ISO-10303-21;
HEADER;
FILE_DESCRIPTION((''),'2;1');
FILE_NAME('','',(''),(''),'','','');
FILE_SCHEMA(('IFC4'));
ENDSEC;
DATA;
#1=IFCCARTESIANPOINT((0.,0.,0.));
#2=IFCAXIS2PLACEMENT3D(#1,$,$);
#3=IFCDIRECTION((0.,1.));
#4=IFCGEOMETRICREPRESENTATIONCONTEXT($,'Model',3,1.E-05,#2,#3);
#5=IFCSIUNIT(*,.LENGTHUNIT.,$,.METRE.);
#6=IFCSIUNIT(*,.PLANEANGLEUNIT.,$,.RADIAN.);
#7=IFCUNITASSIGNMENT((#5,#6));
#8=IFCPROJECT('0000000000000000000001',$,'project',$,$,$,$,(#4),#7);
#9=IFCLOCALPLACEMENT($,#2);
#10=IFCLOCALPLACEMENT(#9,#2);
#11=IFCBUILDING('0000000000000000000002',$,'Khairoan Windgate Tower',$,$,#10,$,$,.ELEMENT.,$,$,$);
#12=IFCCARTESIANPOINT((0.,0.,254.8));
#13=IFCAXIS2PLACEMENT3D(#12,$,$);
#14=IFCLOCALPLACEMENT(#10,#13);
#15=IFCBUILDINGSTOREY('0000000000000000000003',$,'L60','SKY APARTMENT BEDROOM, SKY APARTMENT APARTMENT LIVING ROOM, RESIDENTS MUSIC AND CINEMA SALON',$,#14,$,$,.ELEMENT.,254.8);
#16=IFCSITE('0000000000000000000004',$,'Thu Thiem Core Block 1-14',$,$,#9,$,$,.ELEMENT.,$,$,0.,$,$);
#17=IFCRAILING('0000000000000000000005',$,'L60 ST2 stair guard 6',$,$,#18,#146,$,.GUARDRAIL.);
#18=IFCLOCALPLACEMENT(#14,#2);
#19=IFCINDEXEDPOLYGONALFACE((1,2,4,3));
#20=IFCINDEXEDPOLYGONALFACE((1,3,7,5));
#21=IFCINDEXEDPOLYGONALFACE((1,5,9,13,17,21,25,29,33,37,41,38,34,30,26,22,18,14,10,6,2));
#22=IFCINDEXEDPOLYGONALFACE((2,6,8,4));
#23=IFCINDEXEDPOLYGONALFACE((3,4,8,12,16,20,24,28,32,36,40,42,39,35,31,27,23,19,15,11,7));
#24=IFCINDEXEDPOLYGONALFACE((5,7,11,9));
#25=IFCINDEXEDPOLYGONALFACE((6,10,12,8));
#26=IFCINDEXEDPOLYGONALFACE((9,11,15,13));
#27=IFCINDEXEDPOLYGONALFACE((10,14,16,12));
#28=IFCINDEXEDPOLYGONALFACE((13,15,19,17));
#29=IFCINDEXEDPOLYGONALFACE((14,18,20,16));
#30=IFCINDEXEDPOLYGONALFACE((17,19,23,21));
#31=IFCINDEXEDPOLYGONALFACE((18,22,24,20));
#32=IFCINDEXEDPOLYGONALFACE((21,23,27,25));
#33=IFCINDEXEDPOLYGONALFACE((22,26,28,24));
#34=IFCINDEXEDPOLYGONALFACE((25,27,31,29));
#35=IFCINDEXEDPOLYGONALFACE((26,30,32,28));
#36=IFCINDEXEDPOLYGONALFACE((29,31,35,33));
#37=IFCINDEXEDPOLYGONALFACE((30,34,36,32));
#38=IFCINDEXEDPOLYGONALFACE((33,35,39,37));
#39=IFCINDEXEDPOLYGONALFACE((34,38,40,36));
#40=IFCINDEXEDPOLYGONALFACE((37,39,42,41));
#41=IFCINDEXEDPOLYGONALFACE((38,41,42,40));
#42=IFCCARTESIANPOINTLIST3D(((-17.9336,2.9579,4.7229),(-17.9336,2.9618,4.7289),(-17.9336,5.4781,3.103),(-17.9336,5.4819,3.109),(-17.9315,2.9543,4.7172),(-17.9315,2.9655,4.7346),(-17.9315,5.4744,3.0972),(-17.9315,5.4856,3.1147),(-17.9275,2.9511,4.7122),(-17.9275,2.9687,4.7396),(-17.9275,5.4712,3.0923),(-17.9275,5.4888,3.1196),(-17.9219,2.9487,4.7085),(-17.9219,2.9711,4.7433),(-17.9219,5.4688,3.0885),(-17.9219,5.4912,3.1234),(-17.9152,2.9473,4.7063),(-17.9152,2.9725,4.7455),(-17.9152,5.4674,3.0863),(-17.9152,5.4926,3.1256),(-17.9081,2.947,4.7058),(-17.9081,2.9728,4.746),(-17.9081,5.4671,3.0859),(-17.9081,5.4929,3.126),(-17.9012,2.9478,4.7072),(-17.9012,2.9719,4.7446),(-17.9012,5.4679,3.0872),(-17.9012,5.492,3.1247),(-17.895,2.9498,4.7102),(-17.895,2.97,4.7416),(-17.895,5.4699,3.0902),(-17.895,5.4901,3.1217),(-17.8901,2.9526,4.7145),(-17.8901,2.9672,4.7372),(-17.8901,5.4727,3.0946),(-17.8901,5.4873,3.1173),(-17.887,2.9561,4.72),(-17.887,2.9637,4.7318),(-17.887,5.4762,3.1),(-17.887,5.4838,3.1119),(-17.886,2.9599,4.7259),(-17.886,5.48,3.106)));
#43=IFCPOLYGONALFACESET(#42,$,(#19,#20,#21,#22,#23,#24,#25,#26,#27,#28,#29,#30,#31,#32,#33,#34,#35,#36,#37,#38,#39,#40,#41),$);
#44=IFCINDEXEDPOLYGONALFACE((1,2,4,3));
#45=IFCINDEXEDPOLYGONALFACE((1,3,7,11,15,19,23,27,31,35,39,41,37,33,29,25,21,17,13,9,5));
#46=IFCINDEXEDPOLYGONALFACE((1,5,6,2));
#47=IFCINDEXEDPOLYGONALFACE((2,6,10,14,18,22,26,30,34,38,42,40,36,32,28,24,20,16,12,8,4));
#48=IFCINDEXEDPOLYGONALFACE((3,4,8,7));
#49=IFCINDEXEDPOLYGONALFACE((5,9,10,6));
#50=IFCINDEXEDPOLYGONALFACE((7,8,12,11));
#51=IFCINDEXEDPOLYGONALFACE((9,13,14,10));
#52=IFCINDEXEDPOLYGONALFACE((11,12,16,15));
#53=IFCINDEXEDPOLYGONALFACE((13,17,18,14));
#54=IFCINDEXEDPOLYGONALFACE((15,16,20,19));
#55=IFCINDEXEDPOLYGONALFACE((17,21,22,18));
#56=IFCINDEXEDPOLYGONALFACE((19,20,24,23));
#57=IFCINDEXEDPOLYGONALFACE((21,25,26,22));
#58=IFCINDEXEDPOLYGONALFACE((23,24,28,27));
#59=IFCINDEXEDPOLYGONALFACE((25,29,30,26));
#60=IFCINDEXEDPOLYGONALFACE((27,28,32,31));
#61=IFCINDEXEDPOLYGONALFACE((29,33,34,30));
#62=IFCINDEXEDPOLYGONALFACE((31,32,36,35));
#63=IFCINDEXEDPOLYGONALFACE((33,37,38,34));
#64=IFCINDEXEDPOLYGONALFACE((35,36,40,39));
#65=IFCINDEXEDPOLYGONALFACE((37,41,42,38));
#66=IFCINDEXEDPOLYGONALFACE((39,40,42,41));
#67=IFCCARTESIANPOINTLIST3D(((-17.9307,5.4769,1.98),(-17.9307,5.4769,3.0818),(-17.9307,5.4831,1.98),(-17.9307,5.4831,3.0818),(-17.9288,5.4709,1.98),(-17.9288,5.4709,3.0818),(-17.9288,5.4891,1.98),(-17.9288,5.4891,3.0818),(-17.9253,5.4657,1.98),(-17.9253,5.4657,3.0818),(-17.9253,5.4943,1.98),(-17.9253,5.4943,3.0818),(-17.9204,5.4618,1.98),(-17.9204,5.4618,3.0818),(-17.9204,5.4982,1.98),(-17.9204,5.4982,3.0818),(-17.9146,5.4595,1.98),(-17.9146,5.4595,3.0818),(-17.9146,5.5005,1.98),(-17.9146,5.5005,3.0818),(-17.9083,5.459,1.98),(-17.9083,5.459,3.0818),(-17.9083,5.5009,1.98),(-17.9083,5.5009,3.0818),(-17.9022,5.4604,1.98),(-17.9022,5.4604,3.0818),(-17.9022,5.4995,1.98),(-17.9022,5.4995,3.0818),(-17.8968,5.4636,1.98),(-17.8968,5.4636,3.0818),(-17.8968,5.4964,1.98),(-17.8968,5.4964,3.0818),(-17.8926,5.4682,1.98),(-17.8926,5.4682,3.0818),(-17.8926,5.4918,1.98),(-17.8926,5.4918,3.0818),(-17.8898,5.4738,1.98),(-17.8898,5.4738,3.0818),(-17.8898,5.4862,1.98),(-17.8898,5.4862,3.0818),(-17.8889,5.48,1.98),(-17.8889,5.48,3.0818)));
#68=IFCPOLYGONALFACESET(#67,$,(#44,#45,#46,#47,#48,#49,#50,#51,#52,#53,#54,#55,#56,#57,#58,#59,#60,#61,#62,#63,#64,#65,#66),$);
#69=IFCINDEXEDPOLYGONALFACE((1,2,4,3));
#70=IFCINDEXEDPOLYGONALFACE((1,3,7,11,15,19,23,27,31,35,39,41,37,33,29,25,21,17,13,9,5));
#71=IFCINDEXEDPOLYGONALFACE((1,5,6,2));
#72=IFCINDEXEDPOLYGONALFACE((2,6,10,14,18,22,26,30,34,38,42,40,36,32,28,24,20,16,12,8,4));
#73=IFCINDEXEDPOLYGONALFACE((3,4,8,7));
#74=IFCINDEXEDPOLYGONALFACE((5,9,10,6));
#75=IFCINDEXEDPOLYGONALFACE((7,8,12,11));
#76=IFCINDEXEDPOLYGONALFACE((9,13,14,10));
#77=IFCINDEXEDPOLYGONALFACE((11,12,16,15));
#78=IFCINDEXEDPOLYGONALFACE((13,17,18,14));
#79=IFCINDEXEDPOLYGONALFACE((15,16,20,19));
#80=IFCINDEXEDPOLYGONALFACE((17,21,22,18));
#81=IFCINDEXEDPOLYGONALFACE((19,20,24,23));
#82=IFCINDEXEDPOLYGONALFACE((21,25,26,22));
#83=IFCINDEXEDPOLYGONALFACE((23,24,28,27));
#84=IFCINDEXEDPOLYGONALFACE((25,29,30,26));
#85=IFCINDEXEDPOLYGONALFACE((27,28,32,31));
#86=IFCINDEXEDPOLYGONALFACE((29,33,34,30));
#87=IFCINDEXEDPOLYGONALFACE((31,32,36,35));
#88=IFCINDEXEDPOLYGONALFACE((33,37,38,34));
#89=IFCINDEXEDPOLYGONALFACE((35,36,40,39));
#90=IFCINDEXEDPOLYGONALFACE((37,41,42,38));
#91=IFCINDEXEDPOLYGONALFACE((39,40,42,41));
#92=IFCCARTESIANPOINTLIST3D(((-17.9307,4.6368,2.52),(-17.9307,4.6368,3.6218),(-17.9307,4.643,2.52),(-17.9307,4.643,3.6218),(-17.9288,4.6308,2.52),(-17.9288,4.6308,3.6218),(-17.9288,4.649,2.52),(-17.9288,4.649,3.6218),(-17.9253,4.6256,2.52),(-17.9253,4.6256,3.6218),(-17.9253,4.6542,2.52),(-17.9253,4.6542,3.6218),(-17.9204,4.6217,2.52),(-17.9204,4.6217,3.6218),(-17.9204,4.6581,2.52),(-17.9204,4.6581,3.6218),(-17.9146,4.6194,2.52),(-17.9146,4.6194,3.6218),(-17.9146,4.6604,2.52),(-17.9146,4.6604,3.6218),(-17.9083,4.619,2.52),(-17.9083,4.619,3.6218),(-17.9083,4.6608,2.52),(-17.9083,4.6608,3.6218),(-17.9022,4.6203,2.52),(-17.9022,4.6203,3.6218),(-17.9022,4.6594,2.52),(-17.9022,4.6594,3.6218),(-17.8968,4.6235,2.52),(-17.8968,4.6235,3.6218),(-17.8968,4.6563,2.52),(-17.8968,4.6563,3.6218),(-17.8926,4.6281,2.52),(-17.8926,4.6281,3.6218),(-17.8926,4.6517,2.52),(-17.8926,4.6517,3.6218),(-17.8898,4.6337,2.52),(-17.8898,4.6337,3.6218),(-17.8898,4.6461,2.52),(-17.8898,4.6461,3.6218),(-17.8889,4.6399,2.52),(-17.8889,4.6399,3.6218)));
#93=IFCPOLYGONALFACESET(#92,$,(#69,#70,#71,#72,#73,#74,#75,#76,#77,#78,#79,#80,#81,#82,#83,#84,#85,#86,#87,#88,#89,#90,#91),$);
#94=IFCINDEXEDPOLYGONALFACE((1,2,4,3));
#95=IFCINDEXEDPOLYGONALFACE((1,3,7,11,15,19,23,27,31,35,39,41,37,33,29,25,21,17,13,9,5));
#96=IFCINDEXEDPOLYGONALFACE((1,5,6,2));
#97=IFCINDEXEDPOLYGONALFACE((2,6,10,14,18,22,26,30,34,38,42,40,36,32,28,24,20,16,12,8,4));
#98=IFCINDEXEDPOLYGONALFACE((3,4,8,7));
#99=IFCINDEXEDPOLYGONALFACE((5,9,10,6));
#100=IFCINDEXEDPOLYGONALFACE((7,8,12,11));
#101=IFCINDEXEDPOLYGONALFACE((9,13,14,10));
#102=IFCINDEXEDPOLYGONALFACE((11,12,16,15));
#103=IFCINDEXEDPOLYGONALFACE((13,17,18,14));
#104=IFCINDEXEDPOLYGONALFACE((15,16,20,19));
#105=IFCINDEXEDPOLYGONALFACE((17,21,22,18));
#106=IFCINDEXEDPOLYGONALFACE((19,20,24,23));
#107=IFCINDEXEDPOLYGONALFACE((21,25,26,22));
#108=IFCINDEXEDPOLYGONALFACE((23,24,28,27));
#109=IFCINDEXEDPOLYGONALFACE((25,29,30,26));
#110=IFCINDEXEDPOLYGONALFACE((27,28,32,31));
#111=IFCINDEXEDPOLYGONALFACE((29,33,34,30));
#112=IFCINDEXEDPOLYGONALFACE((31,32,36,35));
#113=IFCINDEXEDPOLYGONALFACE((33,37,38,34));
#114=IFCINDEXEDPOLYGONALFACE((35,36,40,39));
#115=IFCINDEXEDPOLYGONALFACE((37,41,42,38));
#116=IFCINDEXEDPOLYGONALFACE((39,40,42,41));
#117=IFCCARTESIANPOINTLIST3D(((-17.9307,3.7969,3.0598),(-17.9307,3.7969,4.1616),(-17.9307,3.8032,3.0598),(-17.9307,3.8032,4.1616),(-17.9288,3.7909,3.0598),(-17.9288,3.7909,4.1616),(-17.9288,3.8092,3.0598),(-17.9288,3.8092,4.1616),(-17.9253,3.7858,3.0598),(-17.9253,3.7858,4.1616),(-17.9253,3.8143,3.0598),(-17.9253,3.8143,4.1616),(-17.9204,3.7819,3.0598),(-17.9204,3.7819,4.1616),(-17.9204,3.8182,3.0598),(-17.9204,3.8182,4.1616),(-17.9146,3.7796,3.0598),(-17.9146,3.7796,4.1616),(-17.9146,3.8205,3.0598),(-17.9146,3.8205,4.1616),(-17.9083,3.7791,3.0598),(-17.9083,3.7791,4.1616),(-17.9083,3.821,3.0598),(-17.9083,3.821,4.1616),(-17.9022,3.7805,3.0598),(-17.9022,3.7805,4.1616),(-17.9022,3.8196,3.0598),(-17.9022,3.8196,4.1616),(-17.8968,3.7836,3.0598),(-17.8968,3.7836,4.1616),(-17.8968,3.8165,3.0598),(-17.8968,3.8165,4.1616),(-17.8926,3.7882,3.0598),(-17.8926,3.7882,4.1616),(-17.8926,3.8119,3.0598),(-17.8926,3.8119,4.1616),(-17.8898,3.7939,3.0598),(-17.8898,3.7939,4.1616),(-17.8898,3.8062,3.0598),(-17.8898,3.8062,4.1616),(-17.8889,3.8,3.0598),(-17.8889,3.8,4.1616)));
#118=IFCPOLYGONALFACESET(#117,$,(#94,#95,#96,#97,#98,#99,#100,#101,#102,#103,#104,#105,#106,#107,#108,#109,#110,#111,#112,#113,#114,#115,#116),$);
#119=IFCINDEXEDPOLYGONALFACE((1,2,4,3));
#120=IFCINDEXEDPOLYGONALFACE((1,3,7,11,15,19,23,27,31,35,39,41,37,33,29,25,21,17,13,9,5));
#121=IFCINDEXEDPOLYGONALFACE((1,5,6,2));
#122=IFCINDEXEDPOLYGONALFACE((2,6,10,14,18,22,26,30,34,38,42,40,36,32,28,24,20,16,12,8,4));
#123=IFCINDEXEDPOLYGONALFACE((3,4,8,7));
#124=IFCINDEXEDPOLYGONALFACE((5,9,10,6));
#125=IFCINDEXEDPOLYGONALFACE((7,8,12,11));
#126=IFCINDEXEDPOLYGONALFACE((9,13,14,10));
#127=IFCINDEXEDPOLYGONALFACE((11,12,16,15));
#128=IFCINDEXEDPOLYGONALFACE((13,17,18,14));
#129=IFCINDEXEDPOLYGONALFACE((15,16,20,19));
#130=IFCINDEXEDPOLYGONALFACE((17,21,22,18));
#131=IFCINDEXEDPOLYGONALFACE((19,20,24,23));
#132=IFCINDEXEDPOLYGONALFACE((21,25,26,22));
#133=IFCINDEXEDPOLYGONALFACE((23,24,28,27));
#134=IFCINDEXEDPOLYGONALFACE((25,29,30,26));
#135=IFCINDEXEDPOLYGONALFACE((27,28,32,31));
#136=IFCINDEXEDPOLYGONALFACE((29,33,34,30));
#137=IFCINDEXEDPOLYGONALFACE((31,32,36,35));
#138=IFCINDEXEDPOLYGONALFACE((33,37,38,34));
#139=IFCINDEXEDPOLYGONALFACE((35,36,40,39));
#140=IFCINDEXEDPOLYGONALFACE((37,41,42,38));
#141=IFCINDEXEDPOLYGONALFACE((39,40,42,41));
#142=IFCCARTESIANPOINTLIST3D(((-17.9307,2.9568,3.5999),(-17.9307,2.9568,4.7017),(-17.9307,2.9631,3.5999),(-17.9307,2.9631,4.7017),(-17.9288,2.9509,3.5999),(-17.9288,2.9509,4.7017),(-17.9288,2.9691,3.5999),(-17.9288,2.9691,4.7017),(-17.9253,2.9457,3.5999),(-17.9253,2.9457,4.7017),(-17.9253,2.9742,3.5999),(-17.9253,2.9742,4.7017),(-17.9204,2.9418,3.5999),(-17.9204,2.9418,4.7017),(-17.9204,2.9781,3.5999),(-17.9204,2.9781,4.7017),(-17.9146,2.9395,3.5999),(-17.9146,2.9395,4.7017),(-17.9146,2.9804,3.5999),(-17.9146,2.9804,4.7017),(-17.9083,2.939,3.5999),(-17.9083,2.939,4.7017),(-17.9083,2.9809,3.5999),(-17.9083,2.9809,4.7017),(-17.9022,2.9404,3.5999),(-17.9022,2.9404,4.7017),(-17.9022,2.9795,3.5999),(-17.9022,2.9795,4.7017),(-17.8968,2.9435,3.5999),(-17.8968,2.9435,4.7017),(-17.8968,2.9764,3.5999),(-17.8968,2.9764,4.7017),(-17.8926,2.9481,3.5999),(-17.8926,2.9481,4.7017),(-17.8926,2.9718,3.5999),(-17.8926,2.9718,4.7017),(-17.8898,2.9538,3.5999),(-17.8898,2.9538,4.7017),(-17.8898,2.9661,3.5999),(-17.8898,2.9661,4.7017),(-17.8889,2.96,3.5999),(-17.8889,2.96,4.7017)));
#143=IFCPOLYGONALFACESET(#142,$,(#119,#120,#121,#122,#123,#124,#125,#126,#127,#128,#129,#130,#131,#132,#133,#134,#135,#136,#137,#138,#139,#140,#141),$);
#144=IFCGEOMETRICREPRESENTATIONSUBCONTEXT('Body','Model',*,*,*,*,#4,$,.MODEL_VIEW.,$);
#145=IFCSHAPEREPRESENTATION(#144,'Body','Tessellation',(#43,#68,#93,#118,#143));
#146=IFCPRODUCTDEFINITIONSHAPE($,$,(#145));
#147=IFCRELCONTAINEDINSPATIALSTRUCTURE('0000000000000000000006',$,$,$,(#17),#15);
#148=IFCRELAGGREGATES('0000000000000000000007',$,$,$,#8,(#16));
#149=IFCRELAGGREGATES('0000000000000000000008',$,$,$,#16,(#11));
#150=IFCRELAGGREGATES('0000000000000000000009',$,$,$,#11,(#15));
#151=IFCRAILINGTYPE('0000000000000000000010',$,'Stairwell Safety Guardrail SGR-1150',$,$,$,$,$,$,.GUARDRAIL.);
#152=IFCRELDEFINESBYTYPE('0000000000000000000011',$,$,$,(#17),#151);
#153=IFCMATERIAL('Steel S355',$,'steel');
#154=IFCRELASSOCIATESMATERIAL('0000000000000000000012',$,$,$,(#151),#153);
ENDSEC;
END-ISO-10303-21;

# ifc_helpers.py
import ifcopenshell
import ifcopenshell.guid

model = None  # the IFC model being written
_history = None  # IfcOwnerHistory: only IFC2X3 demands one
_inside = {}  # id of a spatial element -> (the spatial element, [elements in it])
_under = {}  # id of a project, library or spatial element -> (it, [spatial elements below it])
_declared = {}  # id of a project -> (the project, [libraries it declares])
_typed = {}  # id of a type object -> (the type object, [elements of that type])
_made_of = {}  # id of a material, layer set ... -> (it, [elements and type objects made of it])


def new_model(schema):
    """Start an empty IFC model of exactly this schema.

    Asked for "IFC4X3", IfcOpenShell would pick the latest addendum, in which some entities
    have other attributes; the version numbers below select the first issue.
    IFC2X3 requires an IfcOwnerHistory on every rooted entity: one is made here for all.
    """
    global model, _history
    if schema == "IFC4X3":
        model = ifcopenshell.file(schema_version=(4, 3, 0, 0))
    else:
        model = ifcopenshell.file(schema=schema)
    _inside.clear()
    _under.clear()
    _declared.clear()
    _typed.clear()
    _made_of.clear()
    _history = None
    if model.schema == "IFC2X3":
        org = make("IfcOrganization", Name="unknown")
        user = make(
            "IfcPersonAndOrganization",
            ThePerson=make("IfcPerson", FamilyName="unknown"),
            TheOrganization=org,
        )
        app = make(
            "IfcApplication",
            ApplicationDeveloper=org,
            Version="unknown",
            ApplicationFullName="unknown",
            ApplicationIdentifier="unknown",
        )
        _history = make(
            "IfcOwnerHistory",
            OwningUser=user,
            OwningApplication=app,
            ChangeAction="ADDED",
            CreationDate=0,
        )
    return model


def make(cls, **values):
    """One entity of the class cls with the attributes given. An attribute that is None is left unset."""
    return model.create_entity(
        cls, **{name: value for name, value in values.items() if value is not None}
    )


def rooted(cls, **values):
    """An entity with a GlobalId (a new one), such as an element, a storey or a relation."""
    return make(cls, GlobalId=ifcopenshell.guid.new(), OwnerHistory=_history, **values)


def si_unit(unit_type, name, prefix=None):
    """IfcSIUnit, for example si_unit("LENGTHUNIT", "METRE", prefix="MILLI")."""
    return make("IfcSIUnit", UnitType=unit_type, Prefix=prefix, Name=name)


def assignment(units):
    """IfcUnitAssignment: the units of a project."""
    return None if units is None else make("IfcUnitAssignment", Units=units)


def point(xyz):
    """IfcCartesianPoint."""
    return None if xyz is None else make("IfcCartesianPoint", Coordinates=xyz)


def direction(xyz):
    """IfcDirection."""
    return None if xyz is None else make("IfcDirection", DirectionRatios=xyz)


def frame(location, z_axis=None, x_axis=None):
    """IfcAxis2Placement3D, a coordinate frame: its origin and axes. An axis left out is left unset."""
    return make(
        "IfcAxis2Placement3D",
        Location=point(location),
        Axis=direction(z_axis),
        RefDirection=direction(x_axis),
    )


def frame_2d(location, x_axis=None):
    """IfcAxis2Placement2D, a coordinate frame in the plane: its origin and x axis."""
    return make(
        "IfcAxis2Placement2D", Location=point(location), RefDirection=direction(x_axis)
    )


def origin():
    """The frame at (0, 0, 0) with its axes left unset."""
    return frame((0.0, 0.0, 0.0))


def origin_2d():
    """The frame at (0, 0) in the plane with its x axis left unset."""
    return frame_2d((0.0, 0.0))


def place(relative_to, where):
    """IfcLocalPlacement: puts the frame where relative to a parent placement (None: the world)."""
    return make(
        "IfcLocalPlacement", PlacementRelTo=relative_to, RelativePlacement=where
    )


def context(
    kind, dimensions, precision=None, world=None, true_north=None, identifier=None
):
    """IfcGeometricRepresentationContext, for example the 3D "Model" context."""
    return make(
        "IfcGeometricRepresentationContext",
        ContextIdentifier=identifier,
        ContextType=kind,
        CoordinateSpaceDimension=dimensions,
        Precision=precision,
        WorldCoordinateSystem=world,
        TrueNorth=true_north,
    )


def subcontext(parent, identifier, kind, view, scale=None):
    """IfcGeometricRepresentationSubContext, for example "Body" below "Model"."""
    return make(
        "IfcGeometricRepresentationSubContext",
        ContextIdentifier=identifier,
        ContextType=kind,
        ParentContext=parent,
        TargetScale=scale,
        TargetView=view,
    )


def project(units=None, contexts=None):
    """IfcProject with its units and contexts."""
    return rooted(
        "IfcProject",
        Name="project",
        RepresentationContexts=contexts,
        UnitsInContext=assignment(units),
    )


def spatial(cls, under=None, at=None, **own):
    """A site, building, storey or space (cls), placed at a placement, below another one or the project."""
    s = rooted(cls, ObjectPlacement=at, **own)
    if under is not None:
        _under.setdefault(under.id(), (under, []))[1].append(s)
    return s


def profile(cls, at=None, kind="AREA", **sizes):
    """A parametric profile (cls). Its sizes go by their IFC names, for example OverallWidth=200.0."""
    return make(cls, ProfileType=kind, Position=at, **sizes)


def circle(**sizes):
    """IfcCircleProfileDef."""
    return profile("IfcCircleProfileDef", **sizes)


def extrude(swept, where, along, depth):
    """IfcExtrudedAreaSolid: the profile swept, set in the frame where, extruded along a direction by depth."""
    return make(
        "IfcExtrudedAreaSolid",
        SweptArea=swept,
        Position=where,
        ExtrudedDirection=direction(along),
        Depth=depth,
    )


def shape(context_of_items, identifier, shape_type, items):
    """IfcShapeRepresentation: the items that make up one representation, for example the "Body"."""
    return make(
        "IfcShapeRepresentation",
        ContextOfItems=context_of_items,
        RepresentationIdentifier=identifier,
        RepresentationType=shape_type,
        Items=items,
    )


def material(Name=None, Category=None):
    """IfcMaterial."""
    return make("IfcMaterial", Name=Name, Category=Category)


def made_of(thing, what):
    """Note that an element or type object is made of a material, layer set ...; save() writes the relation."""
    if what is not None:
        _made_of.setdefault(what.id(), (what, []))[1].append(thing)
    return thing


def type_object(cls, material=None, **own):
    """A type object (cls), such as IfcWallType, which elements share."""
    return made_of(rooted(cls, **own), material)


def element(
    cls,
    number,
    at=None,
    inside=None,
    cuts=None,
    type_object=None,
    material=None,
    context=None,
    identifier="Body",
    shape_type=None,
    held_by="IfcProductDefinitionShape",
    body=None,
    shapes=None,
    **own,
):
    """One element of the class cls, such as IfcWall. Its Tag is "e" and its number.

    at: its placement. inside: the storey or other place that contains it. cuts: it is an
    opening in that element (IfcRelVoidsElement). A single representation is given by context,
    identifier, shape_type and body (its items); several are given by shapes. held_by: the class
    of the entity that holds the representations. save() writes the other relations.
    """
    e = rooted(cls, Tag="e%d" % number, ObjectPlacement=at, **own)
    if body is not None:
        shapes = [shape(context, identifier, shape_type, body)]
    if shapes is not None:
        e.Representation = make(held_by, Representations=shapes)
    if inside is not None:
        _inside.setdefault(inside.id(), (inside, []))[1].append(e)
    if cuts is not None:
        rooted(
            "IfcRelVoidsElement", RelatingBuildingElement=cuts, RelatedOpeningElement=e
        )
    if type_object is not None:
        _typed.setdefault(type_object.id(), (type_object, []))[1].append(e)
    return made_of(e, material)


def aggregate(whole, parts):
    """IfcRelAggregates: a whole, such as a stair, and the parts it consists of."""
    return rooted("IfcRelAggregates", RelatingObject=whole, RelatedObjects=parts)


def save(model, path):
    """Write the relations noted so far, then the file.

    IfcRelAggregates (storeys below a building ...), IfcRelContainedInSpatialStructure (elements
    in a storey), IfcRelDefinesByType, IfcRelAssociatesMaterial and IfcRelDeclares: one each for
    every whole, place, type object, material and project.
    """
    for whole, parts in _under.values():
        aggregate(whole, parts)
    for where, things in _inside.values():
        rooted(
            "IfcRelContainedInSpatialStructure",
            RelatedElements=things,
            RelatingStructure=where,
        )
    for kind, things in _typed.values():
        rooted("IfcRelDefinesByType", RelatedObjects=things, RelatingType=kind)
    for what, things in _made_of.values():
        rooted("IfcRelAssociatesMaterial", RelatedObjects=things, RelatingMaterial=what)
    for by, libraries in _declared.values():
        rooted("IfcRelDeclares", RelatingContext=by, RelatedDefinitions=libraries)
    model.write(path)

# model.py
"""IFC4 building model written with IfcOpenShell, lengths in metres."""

from ifc_helpers import new_model, si_unit, direction, frame, origin, origin_2d, place, context, subcontext, project, spatial, circle, extrude, material, type_object, element, save


model = new_model("IFC4")

# Units and contexts
model_context = context("Model", 3, precision=1e-05, world=origin(), true_north=direction((0.0, 1.0)))
body_context = subcontext(model_context, "Body", "Model", "MODEL_VIEW")
ifc_project = project(units=[si_unit("LENGTHUNIT", "METRE"), si_unit("PLANEANGLEUNIT", "RADIAN")], contexts=[model_context])

# Site, building, storey
site_placement = place(None, origin())
site = spatial("IfcSite", under=ifc_project, at=site_placement, Name="Thu Thiem Core Block 1-14", CompositionType="ELEMENT", RefElevation=0.0)
building_placement = place(site_placement, origin())
building = spatial("IfcBuilding", under=site, at=building_placement, Name="Khairoan Windgate Tower", CompositionType="ELEMENT")
storey_placement = place(building_placement, frame((0.0, 0.0, 254.8)))
storey = spatial("IfcBuildingStorey", under=building, at=storey_placement, Name="L60", Description="SKY APARTMENT BEDROOM, SKY APARTMENT APARTMENT LIVING ROOM, RESIDENTS MUSIC AND CINEMA SALON", CompositionType="ELEMENT", Elevation=254.8)

# Railing
ifc_material_1 = material(Name="Steel S355", Category="steel")
railing_type_1 = type_object("IfcRailingType", Name="Stairwell Safety Guardrail SGR-1150", PredefinedType="GUARDRAIL", material=ifc_material_1)
railing_1_placement = place(storey_placement, frame((-17.9099, 5.48, 1.98)))
element("IfcRailing", 1, at=railing_1_placement, inside=storey, type_object=railing_type_1, Name="L60 ST2 stair guard 6", PredefinedType="GUARDRAIL", context=body_context, shape_type="SweptSolid", body=[
    extrude(circle(Radius=0.0239, at=origin_2d()), frame((0.0, 0.0, 1.126), z_axis=(0.0, -0.8412, 0.540725), x_axis=(1.0, 0.0, 0.0)), (0.0, 0.0, 1.0), 2.9958),
    extrude(circle(Radius=0.021, at=origin_2d()), origin(), (0.0, 0.0, 1.0), 1.1018),
    extrude(circle(Radius=0.021, at=origin_2d()), frame((0.0, -0.8401, 0.54)), (0.0, 0.0, 1.0), 1.1018),
    extrude(circle(Radius=0.021, at=origin_2d()), frame((0.0, -1.6799, 1.0798)), (0.0, 0.0, 1.0), 1.1018),
    extrude(circle(Radius=0.021, at=origin_2d()), frame((0.0, -2.52, 1.6199)), (0.0, 0.0, 1.0), 1.1018),
])

save(model, "model.ifc")
